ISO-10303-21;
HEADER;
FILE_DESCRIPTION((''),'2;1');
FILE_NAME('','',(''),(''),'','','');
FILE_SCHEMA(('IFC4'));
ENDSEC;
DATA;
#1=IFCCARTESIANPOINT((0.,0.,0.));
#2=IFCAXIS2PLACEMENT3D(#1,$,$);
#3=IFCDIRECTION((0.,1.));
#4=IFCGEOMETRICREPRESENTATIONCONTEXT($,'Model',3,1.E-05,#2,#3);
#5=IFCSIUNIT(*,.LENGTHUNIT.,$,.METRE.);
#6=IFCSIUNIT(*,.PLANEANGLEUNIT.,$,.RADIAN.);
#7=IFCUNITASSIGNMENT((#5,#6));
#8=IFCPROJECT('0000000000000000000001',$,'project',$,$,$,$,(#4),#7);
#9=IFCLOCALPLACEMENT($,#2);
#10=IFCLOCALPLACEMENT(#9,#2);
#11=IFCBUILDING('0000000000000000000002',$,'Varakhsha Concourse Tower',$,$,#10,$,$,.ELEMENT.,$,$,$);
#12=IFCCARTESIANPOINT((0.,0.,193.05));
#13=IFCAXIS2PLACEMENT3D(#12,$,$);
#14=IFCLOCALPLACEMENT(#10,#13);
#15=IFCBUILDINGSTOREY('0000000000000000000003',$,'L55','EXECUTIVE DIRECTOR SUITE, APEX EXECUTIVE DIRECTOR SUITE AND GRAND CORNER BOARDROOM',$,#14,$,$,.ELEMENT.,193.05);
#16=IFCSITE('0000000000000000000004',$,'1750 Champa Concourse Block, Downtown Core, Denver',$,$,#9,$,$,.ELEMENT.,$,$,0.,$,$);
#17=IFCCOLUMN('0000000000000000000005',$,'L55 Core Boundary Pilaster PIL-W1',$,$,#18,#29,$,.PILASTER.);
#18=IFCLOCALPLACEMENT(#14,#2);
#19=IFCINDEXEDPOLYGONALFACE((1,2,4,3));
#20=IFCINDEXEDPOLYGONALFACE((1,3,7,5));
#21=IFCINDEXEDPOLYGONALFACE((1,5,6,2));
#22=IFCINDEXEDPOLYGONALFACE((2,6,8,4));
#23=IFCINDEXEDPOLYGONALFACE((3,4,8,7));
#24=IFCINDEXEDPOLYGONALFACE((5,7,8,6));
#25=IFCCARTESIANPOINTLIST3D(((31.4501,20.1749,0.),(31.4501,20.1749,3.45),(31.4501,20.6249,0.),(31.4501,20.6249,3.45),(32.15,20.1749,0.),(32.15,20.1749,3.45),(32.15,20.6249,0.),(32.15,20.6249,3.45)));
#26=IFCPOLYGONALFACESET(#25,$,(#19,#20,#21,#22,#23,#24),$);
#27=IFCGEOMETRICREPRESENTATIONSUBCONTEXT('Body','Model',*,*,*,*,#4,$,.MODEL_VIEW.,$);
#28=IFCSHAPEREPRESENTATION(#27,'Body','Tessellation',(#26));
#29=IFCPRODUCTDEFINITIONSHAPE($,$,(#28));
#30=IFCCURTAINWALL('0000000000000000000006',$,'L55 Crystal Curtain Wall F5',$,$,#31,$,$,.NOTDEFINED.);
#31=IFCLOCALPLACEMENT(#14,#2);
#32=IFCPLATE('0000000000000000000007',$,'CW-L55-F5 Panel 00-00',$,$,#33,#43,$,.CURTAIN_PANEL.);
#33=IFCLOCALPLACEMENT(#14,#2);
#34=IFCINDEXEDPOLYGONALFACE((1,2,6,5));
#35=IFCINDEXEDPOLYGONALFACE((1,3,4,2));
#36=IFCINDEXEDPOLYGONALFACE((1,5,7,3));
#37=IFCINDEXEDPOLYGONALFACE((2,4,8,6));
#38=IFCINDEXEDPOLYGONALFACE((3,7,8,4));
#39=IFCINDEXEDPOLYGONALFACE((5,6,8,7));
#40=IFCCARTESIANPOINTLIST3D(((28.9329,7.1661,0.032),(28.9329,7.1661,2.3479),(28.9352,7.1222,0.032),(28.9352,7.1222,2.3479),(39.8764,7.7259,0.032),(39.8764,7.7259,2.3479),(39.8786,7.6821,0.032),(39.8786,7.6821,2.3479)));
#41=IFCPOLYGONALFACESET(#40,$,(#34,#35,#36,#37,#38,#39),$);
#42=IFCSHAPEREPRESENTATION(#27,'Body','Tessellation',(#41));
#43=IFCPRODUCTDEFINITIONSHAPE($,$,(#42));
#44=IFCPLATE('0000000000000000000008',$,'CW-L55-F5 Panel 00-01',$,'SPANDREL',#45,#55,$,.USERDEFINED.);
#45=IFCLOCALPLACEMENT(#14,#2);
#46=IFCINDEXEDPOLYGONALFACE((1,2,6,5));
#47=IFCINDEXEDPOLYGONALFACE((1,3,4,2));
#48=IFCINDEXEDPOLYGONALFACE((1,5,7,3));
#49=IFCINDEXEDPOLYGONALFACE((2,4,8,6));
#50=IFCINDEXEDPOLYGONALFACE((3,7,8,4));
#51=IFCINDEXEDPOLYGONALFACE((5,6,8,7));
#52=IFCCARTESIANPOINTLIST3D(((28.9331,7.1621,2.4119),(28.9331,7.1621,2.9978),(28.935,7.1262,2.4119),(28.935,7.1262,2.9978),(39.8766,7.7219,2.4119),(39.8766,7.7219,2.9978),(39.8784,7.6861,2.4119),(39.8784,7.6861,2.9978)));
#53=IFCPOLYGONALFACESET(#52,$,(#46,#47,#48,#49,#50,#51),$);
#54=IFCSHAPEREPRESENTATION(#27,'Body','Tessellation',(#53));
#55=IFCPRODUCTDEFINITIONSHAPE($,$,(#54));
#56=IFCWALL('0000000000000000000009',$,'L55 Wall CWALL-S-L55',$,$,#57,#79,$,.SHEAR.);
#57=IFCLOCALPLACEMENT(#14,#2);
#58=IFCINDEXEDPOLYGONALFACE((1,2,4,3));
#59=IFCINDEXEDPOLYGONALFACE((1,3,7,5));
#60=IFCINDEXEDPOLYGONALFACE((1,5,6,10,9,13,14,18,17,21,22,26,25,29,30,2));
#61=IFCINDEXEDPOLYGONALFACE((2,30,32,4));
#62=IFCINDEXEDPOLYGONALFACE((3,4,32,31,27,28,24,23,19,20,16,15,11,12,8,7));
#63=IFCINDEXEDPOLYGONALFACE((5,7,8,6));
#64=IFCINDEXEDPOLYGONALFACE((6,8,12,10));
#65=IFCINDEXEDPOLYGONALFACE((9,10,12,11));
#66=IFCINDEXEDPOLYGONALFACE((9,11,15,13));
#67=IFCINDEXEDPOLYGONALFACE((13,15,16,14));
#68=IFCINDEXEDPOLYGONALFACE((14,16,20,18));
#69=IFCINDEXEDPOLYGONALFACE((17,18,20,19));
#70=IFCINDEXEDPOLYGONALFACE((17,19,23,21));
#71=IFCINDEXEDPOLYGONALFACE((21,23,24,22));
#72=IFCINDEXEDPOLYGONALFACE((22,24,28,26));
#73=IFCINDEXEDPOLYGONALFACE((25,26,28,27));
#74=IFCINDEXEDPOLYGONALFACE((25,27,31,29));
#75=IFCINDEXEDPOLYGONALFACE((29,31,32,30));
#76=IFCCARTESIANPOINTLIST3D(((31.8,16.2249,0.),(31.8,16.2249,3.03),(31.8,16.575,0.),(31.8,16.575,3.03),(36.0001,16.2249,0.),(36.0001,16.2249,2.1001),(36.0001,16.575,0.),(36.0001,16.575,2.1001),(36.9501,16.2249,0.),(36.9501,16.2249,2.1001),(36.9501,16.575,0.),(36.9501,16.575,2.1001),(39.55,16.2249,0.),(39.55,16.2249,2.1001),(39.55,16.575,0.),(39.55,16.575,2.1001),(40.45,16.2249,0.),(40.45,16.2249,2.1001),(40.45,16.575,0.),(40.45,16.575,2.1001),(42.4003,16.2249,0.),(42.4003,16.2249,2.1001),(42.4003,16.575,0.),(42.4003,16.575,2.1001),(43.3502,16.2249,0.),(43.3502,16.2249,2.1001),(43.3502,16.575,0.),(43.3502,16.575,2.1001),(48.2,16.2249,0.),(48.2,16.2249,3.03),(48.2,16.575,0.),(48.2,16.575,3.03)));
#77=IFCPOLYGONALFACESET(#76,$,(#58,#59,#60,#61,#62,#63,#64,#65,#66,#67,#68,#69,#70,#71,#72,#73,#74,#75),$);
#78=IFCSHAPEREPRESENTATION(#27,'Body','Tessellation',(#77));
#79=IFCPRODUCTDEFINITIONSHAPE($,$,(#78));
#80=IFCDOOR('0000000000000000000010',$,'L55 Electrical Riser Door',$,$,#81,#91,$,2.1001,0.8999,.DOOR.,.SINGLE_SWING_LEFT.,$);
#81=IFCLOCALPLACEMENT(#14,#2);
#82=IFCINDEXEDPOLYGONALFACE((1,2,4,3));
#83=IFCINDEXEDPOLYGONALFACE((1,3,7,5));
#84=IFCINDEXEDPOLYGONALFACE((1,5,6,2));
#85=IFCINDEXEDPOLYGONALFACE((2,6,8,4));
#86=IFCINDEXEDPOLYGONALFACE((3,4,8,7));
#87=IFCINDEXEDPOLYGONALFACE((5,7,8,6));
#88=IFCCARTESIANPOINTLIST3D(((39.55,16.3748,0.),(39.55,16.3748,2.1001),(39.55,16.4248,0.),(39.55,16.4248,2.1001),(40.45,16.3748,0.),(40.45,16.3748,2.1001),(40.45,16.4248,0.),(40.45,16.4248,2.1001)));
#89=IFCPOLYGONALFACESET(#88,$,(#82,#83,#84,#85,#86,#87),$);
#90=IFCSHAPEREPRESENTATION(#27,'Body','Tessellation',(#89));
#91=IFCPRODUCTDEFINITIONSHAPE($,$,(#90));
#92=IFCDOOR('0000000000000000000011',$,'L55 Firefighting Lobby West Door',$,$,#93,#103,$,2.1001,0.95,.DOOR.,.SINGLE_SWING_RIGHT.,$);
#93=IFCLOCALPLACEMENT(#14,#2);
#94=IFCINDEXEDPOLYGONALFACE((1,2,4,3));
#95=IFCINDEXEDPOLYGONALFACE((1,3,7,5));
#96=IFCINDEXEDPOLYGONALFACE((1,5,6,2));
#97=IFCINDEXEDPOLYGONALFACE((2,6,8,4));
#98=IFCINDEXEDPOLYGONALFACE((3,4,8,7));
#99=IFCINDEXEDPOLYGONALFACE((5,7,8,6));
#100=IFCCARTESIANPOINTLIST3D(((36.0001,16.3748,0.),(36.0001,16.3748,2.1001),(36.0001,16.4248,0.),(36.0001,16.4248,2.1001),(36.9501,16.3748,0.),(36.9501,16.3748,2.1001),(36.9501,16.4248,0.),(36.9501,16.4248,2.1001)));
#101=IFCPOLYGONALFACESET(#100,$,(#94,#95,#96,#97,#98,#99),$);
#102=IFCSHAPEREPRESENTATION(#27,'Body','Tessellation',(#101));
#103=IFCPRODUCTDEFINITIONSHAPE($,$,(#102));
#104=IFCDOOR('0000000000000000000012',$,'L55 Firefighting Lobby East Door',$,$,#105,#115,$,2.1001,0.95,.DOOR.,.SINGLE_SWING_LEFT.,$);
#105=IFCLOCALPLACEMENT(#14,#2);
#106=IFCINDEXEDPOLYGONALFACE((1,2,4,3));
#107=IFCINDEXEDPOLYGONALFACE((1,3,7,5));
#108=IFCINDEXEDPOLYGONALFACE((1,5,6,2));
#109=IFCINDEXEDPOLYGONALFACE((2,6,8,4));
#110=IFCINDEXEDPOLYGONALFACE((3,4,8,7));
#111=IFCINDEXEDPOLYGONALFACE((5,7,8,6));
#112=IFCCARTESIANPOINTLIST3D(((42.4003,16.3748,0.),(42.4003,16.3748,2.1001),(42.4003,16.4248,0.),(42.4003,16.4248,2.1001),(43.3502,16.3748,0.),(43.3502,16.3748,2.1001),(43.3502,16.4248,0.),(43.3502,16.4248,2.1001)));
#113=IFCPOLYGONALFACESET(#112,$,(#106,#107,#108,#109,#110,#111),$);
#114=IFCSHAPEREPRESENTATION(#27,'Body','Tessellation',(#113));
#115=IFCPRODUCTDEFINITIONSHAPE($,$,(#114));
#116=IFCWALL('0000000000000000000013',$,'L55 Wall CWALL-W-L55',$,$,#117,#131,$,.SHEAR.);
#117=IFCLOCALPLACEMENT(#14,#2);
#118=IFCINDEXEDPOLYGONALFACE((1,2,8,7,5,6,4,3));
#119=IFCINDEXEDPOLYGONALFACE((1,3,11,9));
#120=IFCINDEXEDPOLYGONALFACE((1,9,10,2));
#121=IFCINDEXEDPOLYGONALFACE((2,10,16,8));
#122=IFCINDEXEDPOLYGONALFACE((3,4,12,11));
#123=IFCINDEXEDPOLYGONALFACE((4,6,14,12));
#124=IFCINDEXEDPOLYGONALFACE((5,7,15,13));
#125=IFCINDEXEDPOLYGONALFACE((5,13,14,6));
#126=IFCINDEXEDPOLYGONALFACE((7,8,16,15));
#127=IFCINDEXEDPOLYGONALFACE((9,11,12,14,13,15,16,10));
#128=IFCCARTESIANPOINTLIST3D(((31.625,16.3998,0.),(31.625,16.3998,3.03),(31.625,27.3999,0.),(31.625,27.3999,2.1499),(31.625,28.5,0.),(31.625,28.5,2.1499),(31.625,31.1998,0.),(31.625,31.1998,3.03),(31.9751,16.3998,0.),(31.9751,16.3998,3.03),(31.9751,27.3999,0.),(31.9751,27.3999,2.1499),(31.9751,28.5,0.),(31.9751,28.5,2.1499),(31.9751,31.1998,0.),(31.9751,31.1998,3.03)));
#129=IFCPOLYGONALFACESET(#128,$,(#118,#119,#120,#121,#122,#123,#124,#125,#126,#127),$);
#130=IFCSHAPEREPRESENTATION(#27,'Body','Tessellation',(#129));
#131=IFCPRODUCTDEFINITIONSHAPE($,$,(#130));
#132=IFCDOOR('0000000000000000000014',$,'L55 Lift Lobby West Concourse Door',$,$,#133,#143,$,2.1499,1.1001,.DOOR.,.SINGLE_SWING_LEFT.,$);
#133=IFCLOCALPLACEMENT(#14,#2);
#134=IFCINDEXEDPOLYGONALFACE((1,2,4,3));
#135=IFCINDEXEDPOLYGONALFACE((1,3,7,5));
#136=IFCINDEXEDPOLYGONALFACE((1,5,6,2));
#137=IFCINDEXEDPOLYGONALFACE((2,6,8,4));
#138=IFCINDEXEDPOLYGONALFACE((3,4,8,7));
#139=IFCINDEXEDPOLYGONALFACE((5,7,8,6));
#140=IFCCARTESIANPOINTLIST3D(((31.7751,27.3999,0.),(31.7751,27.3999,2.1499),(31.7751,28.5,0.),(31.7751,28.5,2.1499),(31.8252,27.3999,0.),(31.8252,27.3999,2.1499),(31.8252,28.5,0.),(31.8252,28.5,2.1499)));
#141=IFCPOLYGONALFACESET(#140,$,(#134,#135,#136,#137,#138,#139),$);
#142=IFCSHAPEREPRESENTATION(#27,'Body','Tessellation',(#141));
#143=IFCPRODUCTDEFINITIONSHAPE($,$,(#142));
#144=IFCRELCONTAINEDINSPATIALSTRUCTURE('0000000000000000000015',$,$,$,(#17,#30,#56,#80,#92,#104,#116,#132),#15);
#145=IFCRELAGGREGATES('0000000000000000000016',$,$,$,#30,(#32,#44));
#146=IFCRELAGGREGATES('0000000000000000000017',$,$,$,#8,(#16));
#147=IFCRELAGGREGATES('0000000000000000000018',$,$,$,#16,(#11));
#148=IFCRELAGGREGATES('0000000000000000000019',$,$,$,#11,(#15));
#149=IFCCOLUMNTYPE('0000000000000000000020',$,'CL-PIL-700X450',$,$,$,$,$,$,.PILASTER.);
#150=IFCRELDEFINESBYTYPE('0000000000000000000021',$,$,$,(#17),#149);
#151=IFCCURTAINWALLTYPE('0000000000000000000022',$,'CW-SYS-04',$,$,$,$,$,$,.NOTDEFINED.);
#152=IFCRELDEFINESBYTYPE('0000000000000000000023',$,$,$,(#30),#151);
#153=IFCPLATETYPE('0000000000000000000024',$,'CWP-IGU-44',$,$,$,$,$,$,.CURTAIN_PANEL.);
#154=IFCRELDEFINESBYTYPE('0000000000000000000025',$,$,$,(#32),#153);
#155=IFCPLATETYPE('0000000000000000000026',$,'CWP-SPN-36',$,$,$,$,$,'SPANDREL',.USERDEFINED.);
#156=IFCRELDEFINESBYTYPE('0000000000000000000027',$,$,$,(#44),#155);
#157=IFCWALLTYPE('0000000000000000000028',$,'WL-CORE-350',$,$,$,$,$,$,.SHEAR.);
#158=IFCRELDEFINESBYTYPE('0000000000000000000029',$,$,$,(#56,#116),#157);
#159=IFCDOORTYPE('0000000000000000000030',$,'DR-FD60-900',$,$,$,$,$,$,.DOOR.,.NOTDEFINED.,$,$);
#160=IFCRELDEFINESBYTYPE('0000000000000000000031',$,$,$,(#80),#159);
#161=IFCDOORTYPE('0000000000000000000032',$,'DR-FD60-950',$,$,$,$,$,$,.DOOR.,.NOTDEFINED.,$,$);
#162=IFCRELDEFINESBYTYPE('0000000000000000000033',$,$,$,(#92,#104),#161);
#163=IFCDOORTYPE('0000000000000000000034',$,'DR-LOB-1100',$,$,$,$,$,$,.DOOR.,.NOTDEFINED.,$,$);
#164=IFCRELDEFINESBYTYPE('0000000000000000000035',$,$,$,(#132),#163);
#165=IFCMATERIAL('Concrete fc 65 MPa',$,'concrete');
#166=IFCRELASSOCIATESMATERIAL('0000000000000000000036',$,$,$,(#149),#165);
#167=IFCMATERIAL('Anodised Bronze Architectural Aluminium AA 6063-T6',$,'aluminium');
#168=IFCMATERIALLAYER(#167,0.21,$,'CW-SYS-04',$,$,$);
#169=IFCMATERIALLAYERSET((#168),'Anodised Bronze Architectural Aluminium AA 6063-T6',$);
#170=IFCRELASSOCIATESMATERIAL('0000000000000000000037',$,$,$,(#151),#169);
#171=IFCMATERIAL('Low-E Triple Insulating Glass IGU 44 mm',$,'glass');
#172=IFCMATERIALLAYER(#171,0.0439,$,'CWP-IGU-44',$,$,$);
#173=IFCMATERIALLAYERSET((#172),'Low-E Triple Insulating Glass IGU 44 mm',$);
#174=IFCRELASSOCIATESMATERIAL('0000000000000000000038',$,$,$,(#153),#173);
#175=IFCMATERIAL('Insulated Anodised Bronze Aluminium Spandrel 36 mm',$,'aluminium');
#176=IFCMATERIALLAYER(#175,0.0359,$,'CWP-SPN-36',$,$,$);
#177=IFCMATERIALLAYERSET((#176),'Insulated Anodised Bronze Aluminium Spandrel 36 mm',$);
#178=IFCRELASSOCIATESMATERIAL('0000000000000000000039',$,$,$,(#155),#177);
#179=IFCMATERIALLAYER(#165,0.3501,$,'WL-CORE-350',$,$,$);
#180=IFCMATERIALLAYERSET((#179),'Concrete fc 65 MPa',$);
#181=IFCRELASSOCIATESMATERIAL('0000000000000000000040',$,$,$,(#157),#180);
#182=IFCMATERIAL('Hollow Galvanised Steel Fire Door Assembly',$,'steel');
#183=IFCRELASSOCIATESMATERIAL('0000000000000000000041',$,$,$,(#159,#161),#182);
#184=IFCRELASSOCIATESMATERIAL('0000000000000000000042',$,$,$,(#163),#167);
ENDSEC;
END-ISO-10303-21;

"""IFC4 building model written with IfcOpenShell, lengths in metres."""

from ifc_helpers import new_model, si_unit, direction, frame, frame_2d, origin, origin_2d, place, context, subcontext, project, spatial, rectangle, extrude, source, transform, mapped, material, layer, layer_set, material_profile, profile_set, type_object, type_shapes, element, fill, aggregate, save


model = new_model("IFC4")

# Units and contexts
model_context = context("Model", 3, precision=1e-05, world=origin(), true_north=direction((0.0, 1.0)))
body_context = subcontext(model_context, "Body", "Model", "MODEL_VIEW")
ifc_project = project(units=[si_unit("LENGTHUNIT", "METRE"), si_unit("PLANEANGLEUNIT", "RADIAN")], contexts=[model_context])

# Site, building, storey
site_placement = place(None, origin())
site = spatial("IfcSite", under=ifc_project, at=site_placement, Name="1750 Champa Concourse Block, Downtown Core, Denver", CompositionType="ELEMENT", RefElevation=0.0)
building_placement = place(site_placement, origin())
building = spatial("IfcBuilding", under=site, at=building_placement, Name="Varakhsha Concourse Tower", CompositionType="ELEMENT")
storey_placement = place(building_placement, frame((0.0, 0.0, 193.05)))
storey = spatial("IfcBuildingStorey", under=building, at=storey_placement, Name="L55", Description="EXECUTIVE DIRECTOR SUITE, APEX EXECUTIVE DIRECTOR SUITE AND GRAND CORNER BOARDROOM", CompositionType="ELEMENT", Elevation=193.05)

# Column
ifc_material_1 = material(Name="Concrete fc 65 MPa", Category="concrete")
ifc_material_profile = material_profile(ifc_material_1, rectangle(XDim=0.7, YDim=0.45, at=origin_2d()), Name="RC 700x450")
ifc_profile_set = profile_set([ifc_material_profile], Name="Concrete fc 65 MPa")
column_type = type_object("IfcColumnType", Name="CL-PIL-700X450", PredefinedType="PILASTER", material=ifc_profile_set)
column_placement = place(storey_placement, frame((31.8, 20.3999, 0.0), z_axis=(0.0, 0.0, 1.0), x_axis=(1.0, 0.0, 0.0)))
element("IfcColumn", 1, at=column_placement, inside=storey, type_object=column_type, Name="L55 Core Boundary Pilaster PIL-W1", PredefinedType="PILASTER", context=body_context, shape_type="SweptSolid", body=[
    extrude(rectangle(XDim=0.7, YDim=0.45, at=origin_2d()), origin(), (0.0, 0.0, 1.0), 3.45),
])

# Curtain wall, plates
ifc_material_2 = material(Name="Anodised Bronze Architectural Aluminium AA 6063-T6", Category="aluminium")
ifc_layer_1 = layer(ifc_material_2, 0.21, Name="CW-SYS-04")
ifc_layer_set_1 = layer_set([ifc_layer_1], Name="Anodised Bronze Architectural Aluminium AA 6063-T6")
curtain_wall_type = type_object("IfcCurtainWallType", Name="CW-SYS-04", PredefinedType="NOTDEFINED", material=ifc_layer_set_1)
curtain_wall_placement = place(storey_placement, origin())
curtain_wall = element("IfcCurtainWall", 2, at=curtain_wall_placement, inside=storey, type_object=curtain_wall_type, Name="L55 Crystal Curtain Wall F5", PredefinedType="NOTDEFINED")
ifc_material_3 = material(Name="Low-E Triple Insulating Glass IGU 44 mm", Category="glass")
ifc_layer_2 = layer(ifc_material_3, 0.0439, Name="CWP-IGU-44")
ifc_layer_set_2 = layer_set([ifc_layer_2], Name="Low-E Triple Insulating Glass IGU 44 mm")
plate_type_1 = type_object("IfcPlateType", Name="CWP-IGU-44", PredefinedType="CURTAIN_PANEL", material=ifc_layer_set_2)
shared_shape_1 = source(origin(), body_context, "Body", "SweptSolid", [
    extrude(rectangle(XDim=10.9578, YDim=0.0439, at=origin_2d()), origin(), (0.0, 0.0, 1.0), 2.3159),
])
type_shapes(plate_type_1, [shared_shape_1])
plate_1_placement = place(storey_placement, frame((34.4058, 7.4241, 0.032), z_axis=(0.0, 0.0, 1.0), x_axis=(-0.998694, -0.051093, 0.0)))
plate_1 = element("IfcPlate", 3, at=plate_1_placement, type_object=plate_type_1, Name="CW-L55-F5 Panel 00-00", PredefinedType="CURTAIN_PANEL", context=body_context, shape_type="MappedRepresentation", body=[
    mapped(shared_shape_1, transform((0.0, 0.0, 0.0), scale=1.0)),
])
ifc_material_4 = material(Name="Insulated Anodised Bronze Aluminium Spandrel 36 mm", Category="aluminium")
ifc_layer_3 = layer(ifc_material_4, 0.0359, Name="CWP-SPN-36")
ifc_layer_set_3 = layer_set([ifc_layer_3], Name="Insulated Anodised Bronze Aluminium Spandrel 36 mm")
plate_type_2 = type_object("IfcPlateType", Name="CWP-SPN-36", ElementType="SPANDREL", PredefinedType="USERDEFINED", material=ifc_layer_set_3)
shared_shape_2 = source(origin(), body_context, "Body", "SweptSolid", [
    extrude(rectangle(XDim=10.9578, YDim=0.0359, at=origin_2d()), origin(), (0.0, 0.0, 1.0), 0.5859),
])
type_shapes(plate_type_2, [shared_shape_2])
plate_2_placement = place(storey_placement, frame((34.4058, 7.4241, 2.4119), z_axis=(0.0, 0.0, 1.0), x_axis=(-0.998694, -0.051093, 0.0)))
plate_2 = element("IfcPlate", 4, at=plate_2_placement, type_object=plate_type_2, Name="CW-L55-F5 Panel 00-01", ObjectType="SPANDREL", PredefinedType="USERDEFINED", context=body_context, shape_type="MappedRepresentation", body=[
    mapped(shared_shape_2, transform((0.0, 0.0, 0.0), scale=1.0)),
])
aggregate(curtain_wall, [plate_1, plate_2])

# Wall, openings, doors
ifc_layer_4 = layer(ifc_material_1, 0.3501, Name="WL-CORE-350")
ifc_layer_set_4 = layer_set([ifc_layer_4], Name="Concrete fc 65 MPa")
wall_type_1 = type_object("IfcWallType", Name="WL-CORE-350", PredefinedType="SHEAR", material=ifc_layer_set_4)
wall_1_placement = place(storey_placement, frame((31.8, 16.3999, 0.0), z_axis=(0.0, 0.0, 1.0), x_axis=(1.0, 0.0, 0.0)))
wall_1 = element("IfcWall", 5, at=wall_1_placement, inside=storey, type_object=wall_type_1, Name="L55 Wall CWALL-S-L55", PredefinedType="SHEAR", context=body_context, shape_type="SweptSolid", body=[
    extrude(rectangle(XDim=16.3999, YDim=0.3501, at=frame_2d((8.2, 0.0))), origin(), (0.0, 0.0, 1.0), 3.03),
])
opening_1_placement = place(wall_1_placement, frame((7.75, 0.0, 0.0)))
opening_1 = element("IfcOpeningElement", 6, at=opening_1_placement, cuts=wall_1, PredefinedType="OPENING", context=body_context, shape_type="SweptSolid", body=[
    extrude(rectangle(XDim=0.8999, YDim=2.1001, at=frame_2d((0.45, 1.05))), frame((0.0, 0.1851, 0.0), z_axis=(0.0, -1.0, 0.0), x_axis=(1.0, 0.0, 0.0)), (0.0, 0.0, 1.0), 0.3701),
])
opening_2_placement = place(wall_1_placement, frame((4.2, 0.0, 0.0)))
opening_2 = element("IfcOpeningElement", 7, at=opening_2_placement, cuts=wall_1, PredefinedType="OPENING", context=body_context, shape_type="SweptSolid", body=[
    extrude(rectangle(XDim=0.95, YDim=2.1001, at=frame_2d((0.4751, 1.05))), frame((0.0, 0.1851, 0.0), z_axis=(0.0, -1.0, 0.0), x_axis=(1.0, 0.0, 0.0)), (0.0, 0.0, 1.0), 0.3701),
])
opening_3_placement = place(wall_1_placement, frame((10.6001, 0.0, 0.0)))
opening_3 = element("IfcOpeningElement", 8, at=opening_3_placement, cuts=wall_1, PredefinedType="OPENING", context=body_context, shape_type="SweptSolid", body=[
    extrude(rectangle(XDim=0.95, YDim=2.1001, at=frame_2d((0.4751, 1.05))), frame((0.0, 0.1851, 0.0), z_axis=(0.0, -1.0, 0.0), x_axis=(1.0, 0.0, 0.0)), (0.0, 0.0, 1.0), 0.3701),
])
ifc_material_5 = material(Name="Hollow Galvanised Steel Fire Door Assembly", Category="steel")
door_type_1 = type_object("IfcDoorType", Name="DR-FD60-900", OperationType="NOTDEFINED", PredefinedType="DOOR", material=ifc_material_5)
door_1_placement = place(opening_1_placement, origin())
door_1 = element("IfcDoor", 9, at=door_1_placement, inside=storey, type_object=door_type_1, Name="L55 Electrical Riser Door", OperationType="SINGLE_SWING_LEFT", OverallHeight=2.1001, OverallWidth=0.8999, PredefinedType="DOOR", context=body_context, shape_type="SweptSolid", body=[
    extrude(rectangle(XDim=0.8999, YDim=2.1001, at=frame_2d((0.45, 1.05))), frame((0.0, 0.0249, 0.0), z_axis=(0.0, -1.0, 0.0), x_axis=(1.0, 0.0, 0.0)), (0.0, 0.0, 1.0), 0.05),
])
fill(opening_1, door_1)
door_type_2 = type_object("IfcDoorType", Name="DR-FD60-950", OperationType="NOTDEFINED", PredefinedType="DOOR", material=ifc_material_5)
door_2_placement = place(opening_2_placement, origin())
door_2 = element("IfcDoor", 10, at=door_2_placement, inside=storey, type_object=door_type_2, Name="L55 Firefighting Lobby West Door", OperationType="SINGLE_SWING_RIGHT", OverallHeight=2.1001, OverallWidth=0.95, PredefinedType="DOOR", context=body_context, shape_type="SweptSolid", body=[
    extrude(rectangle(XDim=0.95, YDim=2.1001, at=frame_2d((0.4751, 1.05))), frame((0.0, 0.0249, 0.0), z_axis=(0.0, -1.0, 0.0), x_axis=(1.0, 0.0, 0.0)), (0.0, 0.0, 1.0), 0.05),
])
fill(opening_2, door_2)
door_3_placement = place(opening_3_placement, origin())
door_3 = element("IfcDoor", 11, at=door_3_placement, inside=storey, type_object=door_type_2, Name="L55 Firefighting Lobby East Door", OperationType="SINGLE_SWING_LEFT", OverallHeight=2.1001, OverallWidth=0.95, PredefinedType="DOOR", context=body_context, shape_type="SweptSolid", body=[
    extrude(rectangle(XDim=0.95, YDim=2.1001, at=frame_2d((0.4751, 1.05))), frame((0.0, 0.0249, 0.0), z_axis=(0.0, -1.0, 0.0), x_axis=(1.0, 0.0, 0.0)), (0.0, 0.0, 1.0), 0.05),
])
fill(opening_3, door_3)

# Wall, opening, door
wall_2_placement = place(storey_placement, frame((31.8, 16.3999, 0.0), z_axis=(0.0, 0.0, 1.0), x_axis=(0.0, 1.0, 0.0)))
wall_2 = element("IfcWall", 12, at=wall_2_placement, inside=storey, type_object=wall_type_1, Name="L55 Wall CWALL-W-L55", PredefinedType="SHEAR", context=body_context, shape_type="SweptSolid", body=[
    extrude(rectangle(XDim=14.8, YDim=0.3501, at=frame_2d((7.3999, 0.0))), origin(), (0.0, 0.0, 1.0), 3.03),
])
opening_4_placement = place(wall_2_placement, frame((11.0, 0.0, 0.0)))
opening_4 = element("IfcOpeningElement", 13, at=opening_4_placement, cuts=wall_2, PredefinedType="OPENING", context=body_context, shape_type="SweptSolid", body=[
    extrude(rectangle(XDim=1.1001, YDim=2.1499, at=frame_2d((0.55, 1.075))), frame((0.0, 0.1851, 0.0), z_axis=(0.0, -1.0, 0.0), x_axis=(1.0, 0.0, 0.0)), (0.0, 0.0, 1.0), 0.3701),
])
door_type_3 = type_object("IfcDoorType", Name="DR-LOB-1100", OperationType="NOTDEFINED", PredefinedType="DOOR", material=ifc_material_2)
door_4_placement = place(opening_4_placement, origin())
door_4 = element("IfcDoor", 14, at=door_4_placement, inside=storey, type_object=door_type_3, Name="L55 Lift Lobby West Concourse Door", OperationType="SINGLE_SWING_LEFT", OverallHeight=2.1499, OverallWidth=1.1001, PredefinedType="DOOR", context=body_context, shape_type="SweptSolid", body=[
    extrude(rectangle(XDim=1.1001, YDim=2.1499, at=frame_2d((0.55, 1.075))), frame((0.0, 0.0249, 0.0), z_axis=(0.0, -1.0, 0.0), x_axis=(1.0, 0.0, 0.0)), (0.0, 0.0, 1.0), 0.05),
])
fill(opening_4, door_4)

save(model, "model.ifc")
